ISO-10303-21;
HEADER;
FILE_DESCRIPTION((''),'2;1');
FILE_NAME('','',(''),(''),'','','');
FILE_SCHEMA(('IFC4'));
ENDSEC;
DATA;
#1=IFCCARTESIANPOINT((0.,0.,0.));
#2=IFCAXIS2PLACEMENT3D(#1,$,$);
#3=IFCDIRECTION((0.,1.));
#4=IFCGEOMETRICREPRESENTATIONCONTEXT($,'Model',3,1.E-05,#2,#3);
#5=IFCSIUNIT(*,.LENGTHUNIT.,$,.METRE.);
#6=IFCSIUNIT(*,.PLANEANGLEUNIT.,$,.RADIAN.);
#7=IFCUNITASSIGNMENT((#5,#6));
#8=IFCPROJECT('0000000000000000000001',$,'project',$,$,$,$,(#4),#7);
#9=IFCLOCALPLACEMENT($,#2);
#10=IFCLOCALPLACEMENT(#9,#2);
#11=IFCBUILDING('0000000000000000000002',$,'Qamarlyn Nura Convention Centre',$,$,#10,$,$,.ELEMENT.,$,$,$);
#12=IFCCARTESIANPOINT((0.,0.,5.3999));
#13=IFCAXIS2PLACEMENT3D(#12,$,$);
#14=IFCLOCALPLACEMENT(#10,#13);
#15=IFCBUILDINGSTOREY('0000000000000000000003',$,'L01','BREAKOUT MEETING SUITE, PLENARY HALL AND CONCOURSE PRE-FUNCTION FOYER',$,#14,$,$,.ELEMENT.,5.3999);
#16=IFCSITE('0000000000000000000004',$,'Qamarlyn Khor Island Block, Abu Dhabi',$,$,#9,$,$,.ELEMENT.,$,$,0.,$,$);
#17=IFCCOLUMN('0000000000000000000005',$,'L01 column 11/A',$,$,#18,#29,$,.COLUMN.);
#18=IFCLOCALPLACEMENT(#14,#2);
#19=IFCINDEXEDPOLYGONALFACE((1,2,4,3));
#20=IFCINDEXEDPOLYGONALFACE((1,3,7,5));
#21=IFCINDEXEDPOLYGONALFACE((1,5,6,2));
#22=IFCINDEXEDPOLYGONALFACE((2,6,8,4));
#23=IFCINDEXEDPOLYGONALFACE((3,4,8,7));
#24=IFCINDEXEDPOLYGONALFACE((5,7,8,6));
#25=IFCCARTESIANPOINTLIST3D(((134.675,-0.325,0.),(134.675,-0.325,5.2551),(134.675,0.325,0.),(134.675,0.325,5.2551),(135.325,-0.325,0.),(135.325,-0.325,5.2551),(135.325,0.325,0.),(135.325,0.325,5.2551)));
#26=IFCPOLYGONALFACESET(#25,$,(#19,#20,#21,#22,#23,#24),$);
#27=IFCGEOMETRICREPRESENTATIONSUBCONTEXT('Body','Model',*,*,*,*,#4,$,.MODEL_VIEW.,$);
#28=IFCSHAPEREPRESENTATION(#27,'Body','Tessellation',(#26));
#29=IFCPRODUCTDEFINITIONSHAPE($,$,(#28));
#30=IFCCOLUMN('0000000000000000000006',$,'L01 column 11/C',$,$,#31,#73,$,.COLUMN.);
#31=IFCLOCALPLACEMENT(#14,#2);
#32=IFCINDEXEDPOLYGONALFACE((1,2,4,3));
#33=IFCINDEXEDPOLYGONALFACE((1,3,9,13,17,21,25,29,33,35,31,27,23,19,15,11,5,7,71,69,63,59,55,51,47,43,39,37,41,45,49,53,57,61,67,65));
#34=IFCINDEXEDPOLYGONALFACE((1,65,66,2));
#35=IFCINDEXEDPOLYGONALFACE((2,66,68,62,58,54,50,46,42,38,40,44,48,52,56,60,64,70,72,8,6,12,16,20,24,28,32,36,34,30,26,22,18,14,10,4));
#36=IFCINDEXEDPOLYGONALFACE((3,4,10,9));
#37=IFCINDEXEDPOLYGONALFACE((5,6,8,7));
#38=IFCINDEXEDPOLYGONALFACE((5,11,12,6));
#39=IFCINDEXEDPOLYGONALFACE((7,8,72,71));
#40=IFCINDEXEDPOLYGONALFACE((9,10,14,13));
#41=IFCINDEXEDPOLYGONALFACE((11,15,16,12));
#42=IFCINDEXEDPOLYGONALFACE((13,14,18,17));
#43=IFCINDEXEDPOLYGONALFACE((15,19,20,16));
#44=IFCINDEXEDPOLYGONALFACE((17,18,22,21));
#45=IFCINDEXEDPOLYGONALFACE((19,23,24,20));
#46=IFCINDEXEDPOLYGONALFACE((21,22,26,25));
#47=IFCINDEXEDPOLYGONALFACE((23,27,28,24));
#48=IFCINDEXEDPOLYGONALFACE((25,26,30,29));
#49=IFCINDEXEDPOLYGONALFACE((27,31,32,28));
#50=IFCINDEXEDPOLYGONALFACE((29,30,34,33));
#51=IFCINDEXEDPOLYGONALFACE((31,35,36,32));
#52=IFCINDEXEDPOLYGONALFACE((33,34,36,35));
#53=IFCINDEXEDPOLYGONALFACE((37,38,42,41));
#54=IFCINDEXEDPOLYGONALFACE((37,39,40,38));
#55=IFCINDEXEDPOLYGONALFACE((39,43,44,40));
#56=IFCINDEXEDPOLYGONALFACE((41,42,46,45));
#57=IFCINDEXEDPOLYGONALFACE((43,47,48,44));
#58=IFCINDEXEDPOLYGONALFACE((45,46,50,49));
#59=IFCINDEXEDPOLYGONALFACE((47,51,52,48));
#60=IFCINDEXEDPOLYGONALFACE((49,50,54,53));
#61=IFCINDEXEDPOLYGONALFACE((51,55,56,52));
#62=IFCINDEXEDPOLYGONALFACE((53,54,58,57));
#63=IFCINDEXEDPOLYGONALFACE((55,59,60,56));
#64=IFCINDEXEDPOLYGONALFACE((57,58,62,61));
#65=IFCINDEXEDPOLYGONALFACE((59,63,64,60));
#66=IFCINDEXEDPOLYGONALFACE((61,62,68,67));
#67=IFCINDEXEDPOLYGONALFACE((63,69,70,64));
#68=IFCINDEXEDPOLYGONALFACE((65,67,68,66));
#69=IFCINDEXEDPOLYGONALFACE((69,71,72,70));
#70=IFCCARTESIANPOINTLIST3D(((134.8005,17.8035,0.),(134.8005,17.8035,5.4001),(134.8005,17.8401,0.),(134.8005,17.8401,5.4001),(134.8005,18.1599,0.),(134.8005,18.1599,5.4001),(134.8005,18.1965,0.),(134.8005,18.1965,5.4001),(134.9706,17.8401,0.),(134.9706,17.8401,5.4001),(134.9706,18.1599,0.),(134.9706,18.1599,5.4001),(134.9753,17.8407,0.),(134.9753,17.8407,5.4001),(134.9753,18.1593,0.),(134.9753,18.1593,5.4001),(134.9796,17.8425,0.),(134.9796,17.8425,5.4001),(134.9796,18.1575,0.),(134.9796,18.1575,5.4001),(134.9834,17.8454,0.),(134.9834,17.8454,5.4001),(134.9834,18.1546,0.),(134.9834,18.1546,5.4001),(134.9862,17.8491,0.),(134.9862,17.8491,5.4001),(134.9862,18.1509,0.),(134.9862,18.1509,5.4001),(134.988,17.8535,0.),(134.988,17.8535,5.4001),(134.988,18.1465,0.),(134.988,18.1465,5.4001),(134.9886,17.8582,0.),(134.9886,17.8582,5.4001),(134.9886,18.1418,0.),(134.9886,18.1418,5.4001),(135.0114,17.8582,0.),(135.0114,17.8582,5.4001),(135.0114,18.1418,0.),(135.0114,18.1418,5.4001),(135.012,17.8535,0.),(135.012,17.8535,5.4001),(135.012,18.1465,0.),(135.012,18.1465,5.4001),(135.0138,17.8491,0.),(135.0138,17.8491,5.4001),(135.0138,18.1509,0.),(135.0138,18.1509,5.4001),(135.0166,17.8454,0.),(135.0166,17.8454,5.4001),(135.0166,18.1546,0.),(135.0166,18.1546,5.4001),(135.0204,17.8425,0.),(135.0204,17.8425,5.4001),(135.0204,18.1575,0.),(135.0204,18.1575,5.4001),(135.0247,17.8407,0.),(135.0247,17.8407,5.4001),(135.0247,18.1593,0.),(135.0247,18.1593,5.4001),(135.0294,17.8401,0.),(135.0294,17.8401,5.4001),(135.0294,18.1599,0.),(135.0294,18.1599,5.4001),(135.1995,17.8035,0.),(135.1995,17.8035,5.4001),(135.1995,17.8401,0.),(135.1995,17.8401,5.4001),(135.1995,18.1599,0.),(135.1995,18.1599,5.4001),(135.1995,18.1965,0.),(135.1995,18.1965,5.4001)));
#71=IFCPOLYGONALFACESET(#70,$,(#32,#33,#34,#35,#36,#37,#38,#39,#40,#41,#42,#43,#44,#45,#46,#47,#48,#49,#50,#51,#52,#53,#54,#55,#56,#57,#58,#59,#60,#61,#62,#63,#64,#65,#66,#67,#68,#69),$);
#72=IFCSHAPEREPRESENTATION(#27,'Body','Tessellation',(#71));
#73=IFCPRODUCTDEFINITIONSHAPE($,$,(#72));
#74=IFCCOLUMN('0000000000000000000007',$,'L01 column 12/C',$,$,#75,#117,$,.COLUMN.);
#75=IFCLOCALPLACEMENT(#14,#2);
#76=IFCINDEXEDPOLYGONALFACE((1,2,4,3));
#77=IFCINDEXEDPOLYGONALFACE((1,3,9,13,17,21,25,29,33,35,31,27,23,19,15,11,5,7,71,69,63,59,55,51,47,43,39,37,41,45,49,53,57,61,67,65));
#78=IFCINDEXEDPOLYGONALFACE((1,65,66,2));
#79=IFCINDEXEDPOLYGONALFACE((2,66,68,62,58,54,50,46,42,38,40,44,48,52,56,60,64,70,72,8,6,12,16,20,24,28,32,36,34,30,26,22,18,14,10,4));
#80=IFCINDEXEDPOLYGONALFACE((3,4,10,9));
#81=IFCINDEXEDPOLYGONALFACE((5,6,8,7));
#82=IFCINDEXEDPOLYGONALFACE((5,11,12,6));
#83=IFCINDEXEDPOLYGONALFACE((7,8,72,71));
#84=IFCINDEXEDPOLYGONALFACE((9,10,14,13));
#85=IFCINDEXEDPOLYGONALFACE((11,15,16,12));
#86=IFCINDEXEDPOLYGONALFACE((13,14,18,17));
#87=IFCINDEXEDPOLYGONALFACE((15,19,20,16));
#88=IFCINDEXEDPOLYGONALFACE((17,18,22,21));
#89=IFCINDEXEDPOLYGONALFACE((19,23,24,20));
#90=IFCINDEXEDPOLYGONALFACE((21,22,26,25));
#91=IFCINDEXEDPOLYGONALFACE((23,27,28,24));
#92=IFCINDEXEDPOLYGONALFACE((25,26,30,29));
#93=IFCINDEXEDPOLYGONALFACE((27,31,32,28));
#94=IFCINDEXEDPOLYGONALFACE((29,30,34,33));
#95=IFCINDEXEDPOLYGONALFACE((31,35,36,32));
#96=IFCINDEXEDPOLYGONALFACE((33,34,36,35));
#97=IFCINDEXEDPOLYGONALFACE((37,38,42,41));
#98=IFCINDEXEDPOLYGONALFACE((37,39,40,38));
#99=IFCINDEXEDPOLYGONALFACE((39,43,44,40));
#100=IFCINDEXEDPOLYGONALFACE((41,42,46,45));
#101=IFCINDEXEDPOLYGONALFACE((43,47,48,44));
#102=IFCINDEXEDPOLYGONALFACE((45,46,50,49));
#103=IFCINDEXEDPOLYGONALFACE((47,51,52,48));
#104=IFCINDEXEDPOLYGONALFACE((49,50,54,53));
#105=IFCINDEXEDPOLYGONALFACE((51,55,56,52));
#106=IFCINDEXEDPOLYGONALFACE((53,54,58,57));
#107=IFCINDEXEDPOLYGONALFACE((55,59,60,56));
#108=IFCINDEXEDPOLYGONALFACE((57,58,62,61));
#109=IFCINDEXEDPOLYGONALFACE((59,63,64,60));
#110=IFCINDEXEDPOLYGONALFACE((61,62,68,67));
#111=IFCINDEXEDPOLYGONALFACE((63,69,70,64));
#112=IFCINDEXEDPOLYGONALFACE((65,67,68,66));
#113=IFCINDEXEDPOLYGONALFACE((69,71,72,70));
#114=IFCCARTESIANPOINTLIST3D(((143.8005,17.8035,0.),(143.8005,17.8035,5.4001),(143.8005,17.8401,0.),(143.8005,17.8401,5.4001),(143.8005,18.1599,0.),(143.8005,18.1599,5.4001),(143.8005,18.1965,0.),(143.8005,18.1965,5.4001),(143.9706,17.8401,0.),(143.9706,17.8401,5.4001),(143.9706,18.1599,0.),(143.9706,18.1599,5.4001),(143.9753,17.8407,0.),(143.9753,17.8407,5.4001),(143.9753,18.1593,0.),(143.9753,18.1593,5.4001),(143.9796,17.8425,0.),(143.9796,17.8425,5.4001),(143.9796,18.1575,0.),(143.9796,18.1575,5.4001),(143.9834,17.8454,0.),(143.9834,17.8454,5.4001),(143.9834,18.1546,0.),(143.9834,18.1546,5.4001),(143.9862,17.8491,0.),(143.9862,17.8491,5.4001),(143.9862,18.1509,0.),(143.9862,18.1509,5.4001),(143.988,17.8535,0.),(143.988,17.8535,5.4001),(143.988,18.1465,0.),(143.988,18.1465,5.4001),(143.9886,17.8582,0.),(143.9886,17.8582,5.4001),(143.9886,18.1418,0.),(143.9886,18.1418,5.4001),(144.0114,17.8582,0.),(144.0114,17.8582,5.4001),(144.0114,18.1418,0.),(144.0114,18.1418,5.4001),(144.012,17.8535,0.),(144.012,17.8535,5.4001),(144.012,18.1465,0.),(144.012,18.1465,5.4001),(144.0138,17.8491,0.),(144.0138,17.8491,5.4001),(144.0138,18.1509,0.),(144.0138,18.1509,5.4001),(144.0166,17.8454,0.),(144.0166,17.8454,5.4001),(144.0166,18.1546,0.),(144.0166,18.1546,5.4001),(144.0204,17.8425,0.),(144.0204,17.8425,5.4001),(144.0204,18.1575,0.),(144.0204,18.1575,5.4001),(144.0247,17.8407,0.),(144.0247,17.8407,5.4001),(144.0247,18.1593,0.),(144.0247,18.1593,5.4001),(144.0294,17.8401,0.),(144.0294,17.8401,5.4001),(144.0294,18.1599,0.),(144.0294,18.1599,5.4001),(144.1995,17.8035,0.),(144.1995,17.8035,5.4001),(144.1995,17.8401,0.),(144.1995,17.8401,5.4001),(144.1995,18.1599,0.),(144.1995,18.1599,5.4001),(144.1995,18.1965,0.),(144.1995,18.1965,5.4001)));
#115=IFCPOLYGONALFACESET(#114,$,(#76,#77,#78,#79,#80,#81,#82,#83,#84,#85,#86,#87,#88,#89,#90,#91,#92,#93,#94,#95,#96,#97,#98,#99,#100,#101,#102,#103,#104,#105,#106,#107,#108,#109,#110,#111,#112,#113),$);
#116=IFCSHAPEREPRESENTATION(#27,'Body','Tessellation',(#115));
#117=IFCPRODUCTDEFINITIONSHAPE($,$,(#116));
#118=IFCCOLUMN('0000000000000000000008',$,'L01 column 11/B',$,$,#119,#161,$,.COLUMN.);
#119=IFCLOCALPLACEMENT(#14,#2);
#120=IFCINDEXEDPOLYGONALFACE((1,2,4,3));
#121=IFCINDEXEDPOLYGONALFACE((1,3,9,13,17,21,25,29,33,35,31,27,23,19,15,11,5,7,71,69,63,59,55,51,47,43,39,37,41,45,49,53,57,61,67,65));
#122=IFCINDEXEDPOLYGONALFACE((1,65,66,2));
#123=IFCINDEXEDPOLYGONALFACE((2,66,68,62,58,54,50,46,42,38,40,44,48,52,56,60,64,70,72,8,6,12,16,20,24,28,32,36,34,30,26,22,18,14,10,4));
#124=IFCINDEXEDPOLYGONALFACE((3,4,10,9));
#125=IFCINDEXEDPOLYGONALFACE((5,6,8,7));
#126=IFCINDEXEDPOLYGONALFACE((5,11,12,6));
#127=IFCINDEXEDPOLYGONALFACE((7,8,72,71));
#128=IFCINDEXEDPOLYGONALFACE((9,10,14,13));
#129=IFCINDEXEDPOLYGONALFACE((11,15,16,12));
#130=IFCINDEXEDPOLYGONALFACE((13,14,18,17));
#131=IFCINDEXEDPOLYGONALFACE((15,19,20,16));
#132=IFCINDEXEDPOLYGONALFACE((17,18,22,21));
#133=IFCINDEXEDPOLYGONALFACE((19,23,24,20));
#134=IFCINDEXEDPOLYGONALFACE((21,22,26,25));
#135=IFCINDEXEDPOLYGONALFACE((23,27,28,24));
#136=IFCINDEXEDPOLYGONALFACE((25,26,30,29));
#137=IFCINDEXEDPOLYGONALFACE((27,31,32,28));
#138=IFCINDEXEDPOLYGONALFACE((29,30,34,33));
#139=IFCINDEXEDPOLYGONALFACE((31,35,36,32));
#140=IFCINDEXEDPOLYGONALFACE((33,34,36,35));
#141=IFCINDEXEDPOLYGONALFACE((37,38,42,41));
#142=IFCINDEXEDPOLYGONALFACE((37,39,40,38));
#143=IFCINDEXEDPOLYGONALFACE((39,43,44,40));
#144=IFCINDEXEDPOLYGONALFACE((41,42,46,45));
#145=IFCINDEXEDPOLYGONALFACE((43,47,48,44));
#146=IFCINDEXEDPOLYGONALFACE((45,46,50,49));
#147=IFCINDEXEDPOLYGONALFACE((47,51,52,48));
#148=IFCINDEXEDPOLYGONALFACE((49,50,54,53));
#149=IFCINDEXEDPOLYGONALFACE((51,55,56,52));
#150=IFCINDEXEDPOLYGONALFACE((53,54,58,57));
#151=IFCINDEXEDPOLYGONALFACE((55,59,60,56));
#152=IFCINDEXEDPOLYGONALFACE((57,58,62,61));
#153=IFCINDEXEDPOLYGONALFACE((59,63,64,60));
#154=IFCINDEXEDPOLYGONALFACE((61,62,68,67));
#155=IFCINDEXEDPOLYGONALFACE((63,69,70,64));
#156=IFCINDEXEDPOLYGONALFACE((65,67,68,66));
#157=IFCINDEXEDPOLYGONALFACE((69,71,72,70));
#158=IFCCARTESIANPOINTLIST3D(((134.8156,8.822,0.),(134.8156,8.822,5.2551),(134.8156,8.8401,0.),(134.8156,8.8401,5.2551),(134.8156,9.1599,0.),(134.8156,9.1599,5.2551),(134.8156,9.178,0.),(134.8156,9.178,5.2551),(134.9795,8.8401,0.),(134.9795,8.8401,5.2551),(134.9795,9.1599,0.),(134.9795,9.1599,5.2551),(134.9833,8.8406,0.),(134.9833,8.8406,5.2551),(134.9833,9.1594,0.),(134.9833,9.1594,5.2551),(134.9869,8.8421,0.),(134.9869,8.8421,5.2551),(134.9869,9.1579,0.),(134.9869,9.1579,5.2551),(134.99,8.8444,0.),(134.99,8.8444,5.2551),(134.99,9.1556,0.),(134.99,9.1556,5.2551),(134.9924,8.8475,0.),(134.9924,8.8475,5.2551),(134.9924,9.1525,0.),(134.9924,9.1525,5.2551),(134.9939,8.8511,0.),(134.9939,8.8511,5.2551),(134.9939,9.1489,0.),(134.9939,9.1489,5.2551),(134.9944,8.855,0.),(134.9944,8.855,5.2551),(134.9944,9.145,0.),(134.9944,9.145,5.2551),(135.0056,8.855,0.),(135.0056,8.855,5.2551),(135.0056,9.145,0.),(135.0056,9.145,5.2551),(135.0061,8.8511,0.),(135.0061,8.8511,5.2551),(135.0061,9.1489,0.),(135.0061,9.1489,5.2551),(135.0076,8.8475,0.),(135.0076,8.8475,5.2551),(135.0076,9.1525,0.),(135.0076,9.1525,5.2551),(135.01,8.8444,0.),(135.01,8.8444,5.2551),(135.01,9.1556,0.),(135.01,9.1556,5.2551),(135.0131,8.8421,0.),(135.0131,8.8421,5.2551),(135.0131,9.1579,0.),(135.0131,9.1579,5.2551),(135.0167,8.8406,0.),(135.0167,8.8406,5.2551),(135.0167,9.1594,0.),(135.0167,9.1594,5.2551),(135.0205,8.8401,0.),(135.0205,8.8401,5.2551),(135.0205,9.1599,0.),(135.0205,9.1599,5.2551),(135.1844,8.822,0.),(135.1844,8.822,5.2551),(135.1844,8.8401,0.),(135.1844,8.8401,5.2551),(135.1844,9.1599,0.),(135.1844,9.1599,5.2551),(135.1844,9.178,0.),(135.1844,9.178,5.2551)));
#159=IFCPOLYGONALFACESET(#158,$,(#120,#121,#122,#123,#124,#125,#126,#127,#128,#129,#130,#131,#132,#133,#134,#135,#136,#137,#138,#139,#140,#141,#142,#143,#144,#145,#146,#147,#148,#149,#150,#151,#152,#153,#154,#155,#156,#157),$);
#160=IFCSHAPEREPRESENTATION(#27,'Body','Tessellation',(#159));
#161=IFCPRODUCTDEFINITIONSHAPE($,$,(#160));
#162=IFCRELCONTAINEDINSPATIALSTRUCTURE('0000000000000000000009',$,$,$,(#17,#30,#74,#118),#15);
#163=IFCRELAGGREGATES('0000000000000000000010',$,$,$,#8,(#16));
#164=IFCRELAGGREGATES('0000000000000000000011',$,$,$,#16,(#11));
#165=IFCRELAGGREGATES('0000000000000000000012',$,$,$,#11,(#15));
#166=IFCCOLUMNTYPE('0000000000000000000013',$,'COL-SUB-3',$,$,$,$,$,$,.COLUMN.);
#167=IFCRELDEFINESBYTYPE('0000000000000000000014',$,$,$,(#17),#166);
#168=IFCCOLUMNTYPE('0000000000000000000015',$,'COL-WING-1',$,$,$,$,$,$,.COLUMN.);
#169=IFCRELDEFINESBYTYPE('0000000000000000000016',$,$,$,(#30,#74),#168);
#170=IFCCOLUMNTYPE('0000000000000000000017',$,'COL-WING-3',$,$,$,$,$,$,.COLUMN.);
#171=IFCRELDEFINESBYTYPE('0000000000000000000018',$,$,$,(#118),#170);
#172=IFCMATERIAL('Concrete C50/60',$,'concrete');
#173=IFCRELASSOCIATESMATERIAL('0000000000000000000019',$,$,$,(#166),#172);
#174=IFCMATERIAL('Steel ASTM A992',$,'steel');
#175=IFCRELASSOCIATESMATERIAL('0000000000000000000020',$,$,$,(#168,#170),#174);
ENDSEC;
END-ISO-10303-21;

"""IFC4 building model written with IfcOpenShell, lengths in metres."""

from ifc_helpers import new_model, si_unit, direction, frame, origin, origin_2d, place, context, subcontext, project, spatial, rectangle, i_section, extrude, material, material_profile, profile_set, type_object, element, save


model = new_model("IFC4")

# Units and contexts
model_context = context("Model", 3, precision=1e-05, world=origin(), true_north=direction((0.0, 1.0)))
body_context = subcontext(model_context, "Body", "Model", "MODEL_VIEW")
ifc_project = project(units=[si_unit("LENGTHUNIT", "METRE"), si_unit("PLANEANGLEUNIT", "RADIAN")], contexts=[model_context])

# Site, building, storey
site_placement = place(None, origin())
site = spatial("IfcSite", under=ifc_project, at=site_placement, Name="Qamarlyn Khor Island Block, Abu Dhabi", CompositionType="ELEMENT", RefElevation=0.0)
building_placement = place(site_placement, origin())
building = spatial("IfcBuilding", under=site, at=building_placement, Name="Qamarlyn Nura Convention Centre", CompositionType="ELEMENT")
storey_placement = place(building_placement, frame((0.0, 0.0, 5.3999)))
storey = spatial("IfcBuildingStorey", under=building, at=storey_placement, Name="L01", Description="BREAKOUT MEETING SUITE, PLENARY HALL AND CONCOURSE PRE-FUNCTION FOYER", CompositionType="ELEMENT", Elevation=5.3999)

# Columns
ifc_material_1 = material(Name="Concrete C50/60", Category="concrete")
ifc_material_profile_1 = material_profile(ifc_material_1, rectangle(XDim=0.6499, YDim=0.6499, at=origin_2d()), Name="RC 650x650")
ifc_profile_set_1 = profile_set([ifc_material_profile_1], Name="Concrete C50/60")
column_type_1 = type_object("IfcColumnType", Name="COL-SUB-3", PredefinedType="COLUMN", material=ifc_profile_set_1)
column_1_placement = place(storey_placement, frame((135.0, 0.0, 0.0), z_axis=(0.0, 0.0, 1.0), x_axis=(1.0, 0.0, 0.0)))
element("IfcColumn", 1, at=column_1_placement, inside=storey, type_object=column_type_1, Name="L01 column 11/A", PredefinedType="COLUMN", context=body_context, shape_type="SweptSolid", body=[
    extrude(rectangle(XDim=0.6499, YDim=0.6499, at=origin_2d()), origin(), (0.0, 0.0, 1.0), 5.2551),
])
ifc_material_2 = material(Name="Steel ASTM A992", Category="steel")
ifc_material_profile_2 = material_profile(ifc_material_2, i_section(OverallWidth=0.3989, OverallDepth=0.3931, WebThickness=0.0227, FlangeThickness=0.0366, FilletRadius=0.0181, at=origin_2d()), Name="W360X287")
ifc_profile_set_2 = profile_set([ifc_material_profile_2], Name="Steel ASTM A992")
column_type_2 = type_object("IfcColumnType", Name="COL-WING-1", PredefinedType="COLUMN", material=ifc_profile_set_2)
for number, where, z_axis, x_axis, name in (
    (2, (135.0, 18.0, 0.0), (0.0, 0.0, 1.0), (1.0, 0.0, 0.0), "L01 column 11/C"),
    (3, (144.0, 18.0, 0.0), (0.0, 0.0, 1.0), (1.0, 0.0, 0.0), "L01 column 12/C"),
):
    element("IfcColumn", number, at=place(storey_placement, frame(where, z_axis=z_axis, x_axis=x_axis)), inside=storey, type_object=column_type_2, Name=name, PredefinedType="COLUMN", context=body_context, shape_type="SweptSolid", body=[
        extrude(i_section(OverallWidth=0.3989, OverallDepth=0.3931, WebThickness=0.0227, FlangeThickness=0.0366, FilletRadius=0.0181, at=origin_2d()), origin(), (0.0, 0.0, 1.0), 5.4001),
    ])
ifc_material_profile_3 = material_profile(ifc_material_2, i_section(OverallWidth=0.3689, OverallDepth=0.356, WebThickness=0.0112, FlangeThickness=0.0181, FilletRadius=0.0149, at=origin_2d()), Name="W360X134")
ifc_profile_set_3 = profile_set([ifc_material_profile_3], Name="Steel ASTM A992")
column_type_3 = type_object("IfcColumnType", Name="COL-WING-3", PredefinedType="COLUMN", material=ifc_profile_set_3)
column_2_placement = place(storey_placement, frame((135.0, 9.0, 0.0), z_axis=(0.0, 0.0, 1.0), x_axis=(1.0, 0.0, 0.0)))
element("IfcColumn", 4, at=column_2_placement, inside=storey, type_object=column_type_3, Name="L01 column 11/B", PredefinedType="COLUMN", context=body_context, shape_type="SweptSolid", body=[
    extrude(i_section(OverallWidth=0.3689, OverallDepth=0.356, WebThickness=0.0112, FlangeThickness=0.0181, FilletRadius=0.0149, at=origin_2d()), origin(), (0.0, 0.0, 1.0), 5.2551),
])

save(model, "model.ifc")
